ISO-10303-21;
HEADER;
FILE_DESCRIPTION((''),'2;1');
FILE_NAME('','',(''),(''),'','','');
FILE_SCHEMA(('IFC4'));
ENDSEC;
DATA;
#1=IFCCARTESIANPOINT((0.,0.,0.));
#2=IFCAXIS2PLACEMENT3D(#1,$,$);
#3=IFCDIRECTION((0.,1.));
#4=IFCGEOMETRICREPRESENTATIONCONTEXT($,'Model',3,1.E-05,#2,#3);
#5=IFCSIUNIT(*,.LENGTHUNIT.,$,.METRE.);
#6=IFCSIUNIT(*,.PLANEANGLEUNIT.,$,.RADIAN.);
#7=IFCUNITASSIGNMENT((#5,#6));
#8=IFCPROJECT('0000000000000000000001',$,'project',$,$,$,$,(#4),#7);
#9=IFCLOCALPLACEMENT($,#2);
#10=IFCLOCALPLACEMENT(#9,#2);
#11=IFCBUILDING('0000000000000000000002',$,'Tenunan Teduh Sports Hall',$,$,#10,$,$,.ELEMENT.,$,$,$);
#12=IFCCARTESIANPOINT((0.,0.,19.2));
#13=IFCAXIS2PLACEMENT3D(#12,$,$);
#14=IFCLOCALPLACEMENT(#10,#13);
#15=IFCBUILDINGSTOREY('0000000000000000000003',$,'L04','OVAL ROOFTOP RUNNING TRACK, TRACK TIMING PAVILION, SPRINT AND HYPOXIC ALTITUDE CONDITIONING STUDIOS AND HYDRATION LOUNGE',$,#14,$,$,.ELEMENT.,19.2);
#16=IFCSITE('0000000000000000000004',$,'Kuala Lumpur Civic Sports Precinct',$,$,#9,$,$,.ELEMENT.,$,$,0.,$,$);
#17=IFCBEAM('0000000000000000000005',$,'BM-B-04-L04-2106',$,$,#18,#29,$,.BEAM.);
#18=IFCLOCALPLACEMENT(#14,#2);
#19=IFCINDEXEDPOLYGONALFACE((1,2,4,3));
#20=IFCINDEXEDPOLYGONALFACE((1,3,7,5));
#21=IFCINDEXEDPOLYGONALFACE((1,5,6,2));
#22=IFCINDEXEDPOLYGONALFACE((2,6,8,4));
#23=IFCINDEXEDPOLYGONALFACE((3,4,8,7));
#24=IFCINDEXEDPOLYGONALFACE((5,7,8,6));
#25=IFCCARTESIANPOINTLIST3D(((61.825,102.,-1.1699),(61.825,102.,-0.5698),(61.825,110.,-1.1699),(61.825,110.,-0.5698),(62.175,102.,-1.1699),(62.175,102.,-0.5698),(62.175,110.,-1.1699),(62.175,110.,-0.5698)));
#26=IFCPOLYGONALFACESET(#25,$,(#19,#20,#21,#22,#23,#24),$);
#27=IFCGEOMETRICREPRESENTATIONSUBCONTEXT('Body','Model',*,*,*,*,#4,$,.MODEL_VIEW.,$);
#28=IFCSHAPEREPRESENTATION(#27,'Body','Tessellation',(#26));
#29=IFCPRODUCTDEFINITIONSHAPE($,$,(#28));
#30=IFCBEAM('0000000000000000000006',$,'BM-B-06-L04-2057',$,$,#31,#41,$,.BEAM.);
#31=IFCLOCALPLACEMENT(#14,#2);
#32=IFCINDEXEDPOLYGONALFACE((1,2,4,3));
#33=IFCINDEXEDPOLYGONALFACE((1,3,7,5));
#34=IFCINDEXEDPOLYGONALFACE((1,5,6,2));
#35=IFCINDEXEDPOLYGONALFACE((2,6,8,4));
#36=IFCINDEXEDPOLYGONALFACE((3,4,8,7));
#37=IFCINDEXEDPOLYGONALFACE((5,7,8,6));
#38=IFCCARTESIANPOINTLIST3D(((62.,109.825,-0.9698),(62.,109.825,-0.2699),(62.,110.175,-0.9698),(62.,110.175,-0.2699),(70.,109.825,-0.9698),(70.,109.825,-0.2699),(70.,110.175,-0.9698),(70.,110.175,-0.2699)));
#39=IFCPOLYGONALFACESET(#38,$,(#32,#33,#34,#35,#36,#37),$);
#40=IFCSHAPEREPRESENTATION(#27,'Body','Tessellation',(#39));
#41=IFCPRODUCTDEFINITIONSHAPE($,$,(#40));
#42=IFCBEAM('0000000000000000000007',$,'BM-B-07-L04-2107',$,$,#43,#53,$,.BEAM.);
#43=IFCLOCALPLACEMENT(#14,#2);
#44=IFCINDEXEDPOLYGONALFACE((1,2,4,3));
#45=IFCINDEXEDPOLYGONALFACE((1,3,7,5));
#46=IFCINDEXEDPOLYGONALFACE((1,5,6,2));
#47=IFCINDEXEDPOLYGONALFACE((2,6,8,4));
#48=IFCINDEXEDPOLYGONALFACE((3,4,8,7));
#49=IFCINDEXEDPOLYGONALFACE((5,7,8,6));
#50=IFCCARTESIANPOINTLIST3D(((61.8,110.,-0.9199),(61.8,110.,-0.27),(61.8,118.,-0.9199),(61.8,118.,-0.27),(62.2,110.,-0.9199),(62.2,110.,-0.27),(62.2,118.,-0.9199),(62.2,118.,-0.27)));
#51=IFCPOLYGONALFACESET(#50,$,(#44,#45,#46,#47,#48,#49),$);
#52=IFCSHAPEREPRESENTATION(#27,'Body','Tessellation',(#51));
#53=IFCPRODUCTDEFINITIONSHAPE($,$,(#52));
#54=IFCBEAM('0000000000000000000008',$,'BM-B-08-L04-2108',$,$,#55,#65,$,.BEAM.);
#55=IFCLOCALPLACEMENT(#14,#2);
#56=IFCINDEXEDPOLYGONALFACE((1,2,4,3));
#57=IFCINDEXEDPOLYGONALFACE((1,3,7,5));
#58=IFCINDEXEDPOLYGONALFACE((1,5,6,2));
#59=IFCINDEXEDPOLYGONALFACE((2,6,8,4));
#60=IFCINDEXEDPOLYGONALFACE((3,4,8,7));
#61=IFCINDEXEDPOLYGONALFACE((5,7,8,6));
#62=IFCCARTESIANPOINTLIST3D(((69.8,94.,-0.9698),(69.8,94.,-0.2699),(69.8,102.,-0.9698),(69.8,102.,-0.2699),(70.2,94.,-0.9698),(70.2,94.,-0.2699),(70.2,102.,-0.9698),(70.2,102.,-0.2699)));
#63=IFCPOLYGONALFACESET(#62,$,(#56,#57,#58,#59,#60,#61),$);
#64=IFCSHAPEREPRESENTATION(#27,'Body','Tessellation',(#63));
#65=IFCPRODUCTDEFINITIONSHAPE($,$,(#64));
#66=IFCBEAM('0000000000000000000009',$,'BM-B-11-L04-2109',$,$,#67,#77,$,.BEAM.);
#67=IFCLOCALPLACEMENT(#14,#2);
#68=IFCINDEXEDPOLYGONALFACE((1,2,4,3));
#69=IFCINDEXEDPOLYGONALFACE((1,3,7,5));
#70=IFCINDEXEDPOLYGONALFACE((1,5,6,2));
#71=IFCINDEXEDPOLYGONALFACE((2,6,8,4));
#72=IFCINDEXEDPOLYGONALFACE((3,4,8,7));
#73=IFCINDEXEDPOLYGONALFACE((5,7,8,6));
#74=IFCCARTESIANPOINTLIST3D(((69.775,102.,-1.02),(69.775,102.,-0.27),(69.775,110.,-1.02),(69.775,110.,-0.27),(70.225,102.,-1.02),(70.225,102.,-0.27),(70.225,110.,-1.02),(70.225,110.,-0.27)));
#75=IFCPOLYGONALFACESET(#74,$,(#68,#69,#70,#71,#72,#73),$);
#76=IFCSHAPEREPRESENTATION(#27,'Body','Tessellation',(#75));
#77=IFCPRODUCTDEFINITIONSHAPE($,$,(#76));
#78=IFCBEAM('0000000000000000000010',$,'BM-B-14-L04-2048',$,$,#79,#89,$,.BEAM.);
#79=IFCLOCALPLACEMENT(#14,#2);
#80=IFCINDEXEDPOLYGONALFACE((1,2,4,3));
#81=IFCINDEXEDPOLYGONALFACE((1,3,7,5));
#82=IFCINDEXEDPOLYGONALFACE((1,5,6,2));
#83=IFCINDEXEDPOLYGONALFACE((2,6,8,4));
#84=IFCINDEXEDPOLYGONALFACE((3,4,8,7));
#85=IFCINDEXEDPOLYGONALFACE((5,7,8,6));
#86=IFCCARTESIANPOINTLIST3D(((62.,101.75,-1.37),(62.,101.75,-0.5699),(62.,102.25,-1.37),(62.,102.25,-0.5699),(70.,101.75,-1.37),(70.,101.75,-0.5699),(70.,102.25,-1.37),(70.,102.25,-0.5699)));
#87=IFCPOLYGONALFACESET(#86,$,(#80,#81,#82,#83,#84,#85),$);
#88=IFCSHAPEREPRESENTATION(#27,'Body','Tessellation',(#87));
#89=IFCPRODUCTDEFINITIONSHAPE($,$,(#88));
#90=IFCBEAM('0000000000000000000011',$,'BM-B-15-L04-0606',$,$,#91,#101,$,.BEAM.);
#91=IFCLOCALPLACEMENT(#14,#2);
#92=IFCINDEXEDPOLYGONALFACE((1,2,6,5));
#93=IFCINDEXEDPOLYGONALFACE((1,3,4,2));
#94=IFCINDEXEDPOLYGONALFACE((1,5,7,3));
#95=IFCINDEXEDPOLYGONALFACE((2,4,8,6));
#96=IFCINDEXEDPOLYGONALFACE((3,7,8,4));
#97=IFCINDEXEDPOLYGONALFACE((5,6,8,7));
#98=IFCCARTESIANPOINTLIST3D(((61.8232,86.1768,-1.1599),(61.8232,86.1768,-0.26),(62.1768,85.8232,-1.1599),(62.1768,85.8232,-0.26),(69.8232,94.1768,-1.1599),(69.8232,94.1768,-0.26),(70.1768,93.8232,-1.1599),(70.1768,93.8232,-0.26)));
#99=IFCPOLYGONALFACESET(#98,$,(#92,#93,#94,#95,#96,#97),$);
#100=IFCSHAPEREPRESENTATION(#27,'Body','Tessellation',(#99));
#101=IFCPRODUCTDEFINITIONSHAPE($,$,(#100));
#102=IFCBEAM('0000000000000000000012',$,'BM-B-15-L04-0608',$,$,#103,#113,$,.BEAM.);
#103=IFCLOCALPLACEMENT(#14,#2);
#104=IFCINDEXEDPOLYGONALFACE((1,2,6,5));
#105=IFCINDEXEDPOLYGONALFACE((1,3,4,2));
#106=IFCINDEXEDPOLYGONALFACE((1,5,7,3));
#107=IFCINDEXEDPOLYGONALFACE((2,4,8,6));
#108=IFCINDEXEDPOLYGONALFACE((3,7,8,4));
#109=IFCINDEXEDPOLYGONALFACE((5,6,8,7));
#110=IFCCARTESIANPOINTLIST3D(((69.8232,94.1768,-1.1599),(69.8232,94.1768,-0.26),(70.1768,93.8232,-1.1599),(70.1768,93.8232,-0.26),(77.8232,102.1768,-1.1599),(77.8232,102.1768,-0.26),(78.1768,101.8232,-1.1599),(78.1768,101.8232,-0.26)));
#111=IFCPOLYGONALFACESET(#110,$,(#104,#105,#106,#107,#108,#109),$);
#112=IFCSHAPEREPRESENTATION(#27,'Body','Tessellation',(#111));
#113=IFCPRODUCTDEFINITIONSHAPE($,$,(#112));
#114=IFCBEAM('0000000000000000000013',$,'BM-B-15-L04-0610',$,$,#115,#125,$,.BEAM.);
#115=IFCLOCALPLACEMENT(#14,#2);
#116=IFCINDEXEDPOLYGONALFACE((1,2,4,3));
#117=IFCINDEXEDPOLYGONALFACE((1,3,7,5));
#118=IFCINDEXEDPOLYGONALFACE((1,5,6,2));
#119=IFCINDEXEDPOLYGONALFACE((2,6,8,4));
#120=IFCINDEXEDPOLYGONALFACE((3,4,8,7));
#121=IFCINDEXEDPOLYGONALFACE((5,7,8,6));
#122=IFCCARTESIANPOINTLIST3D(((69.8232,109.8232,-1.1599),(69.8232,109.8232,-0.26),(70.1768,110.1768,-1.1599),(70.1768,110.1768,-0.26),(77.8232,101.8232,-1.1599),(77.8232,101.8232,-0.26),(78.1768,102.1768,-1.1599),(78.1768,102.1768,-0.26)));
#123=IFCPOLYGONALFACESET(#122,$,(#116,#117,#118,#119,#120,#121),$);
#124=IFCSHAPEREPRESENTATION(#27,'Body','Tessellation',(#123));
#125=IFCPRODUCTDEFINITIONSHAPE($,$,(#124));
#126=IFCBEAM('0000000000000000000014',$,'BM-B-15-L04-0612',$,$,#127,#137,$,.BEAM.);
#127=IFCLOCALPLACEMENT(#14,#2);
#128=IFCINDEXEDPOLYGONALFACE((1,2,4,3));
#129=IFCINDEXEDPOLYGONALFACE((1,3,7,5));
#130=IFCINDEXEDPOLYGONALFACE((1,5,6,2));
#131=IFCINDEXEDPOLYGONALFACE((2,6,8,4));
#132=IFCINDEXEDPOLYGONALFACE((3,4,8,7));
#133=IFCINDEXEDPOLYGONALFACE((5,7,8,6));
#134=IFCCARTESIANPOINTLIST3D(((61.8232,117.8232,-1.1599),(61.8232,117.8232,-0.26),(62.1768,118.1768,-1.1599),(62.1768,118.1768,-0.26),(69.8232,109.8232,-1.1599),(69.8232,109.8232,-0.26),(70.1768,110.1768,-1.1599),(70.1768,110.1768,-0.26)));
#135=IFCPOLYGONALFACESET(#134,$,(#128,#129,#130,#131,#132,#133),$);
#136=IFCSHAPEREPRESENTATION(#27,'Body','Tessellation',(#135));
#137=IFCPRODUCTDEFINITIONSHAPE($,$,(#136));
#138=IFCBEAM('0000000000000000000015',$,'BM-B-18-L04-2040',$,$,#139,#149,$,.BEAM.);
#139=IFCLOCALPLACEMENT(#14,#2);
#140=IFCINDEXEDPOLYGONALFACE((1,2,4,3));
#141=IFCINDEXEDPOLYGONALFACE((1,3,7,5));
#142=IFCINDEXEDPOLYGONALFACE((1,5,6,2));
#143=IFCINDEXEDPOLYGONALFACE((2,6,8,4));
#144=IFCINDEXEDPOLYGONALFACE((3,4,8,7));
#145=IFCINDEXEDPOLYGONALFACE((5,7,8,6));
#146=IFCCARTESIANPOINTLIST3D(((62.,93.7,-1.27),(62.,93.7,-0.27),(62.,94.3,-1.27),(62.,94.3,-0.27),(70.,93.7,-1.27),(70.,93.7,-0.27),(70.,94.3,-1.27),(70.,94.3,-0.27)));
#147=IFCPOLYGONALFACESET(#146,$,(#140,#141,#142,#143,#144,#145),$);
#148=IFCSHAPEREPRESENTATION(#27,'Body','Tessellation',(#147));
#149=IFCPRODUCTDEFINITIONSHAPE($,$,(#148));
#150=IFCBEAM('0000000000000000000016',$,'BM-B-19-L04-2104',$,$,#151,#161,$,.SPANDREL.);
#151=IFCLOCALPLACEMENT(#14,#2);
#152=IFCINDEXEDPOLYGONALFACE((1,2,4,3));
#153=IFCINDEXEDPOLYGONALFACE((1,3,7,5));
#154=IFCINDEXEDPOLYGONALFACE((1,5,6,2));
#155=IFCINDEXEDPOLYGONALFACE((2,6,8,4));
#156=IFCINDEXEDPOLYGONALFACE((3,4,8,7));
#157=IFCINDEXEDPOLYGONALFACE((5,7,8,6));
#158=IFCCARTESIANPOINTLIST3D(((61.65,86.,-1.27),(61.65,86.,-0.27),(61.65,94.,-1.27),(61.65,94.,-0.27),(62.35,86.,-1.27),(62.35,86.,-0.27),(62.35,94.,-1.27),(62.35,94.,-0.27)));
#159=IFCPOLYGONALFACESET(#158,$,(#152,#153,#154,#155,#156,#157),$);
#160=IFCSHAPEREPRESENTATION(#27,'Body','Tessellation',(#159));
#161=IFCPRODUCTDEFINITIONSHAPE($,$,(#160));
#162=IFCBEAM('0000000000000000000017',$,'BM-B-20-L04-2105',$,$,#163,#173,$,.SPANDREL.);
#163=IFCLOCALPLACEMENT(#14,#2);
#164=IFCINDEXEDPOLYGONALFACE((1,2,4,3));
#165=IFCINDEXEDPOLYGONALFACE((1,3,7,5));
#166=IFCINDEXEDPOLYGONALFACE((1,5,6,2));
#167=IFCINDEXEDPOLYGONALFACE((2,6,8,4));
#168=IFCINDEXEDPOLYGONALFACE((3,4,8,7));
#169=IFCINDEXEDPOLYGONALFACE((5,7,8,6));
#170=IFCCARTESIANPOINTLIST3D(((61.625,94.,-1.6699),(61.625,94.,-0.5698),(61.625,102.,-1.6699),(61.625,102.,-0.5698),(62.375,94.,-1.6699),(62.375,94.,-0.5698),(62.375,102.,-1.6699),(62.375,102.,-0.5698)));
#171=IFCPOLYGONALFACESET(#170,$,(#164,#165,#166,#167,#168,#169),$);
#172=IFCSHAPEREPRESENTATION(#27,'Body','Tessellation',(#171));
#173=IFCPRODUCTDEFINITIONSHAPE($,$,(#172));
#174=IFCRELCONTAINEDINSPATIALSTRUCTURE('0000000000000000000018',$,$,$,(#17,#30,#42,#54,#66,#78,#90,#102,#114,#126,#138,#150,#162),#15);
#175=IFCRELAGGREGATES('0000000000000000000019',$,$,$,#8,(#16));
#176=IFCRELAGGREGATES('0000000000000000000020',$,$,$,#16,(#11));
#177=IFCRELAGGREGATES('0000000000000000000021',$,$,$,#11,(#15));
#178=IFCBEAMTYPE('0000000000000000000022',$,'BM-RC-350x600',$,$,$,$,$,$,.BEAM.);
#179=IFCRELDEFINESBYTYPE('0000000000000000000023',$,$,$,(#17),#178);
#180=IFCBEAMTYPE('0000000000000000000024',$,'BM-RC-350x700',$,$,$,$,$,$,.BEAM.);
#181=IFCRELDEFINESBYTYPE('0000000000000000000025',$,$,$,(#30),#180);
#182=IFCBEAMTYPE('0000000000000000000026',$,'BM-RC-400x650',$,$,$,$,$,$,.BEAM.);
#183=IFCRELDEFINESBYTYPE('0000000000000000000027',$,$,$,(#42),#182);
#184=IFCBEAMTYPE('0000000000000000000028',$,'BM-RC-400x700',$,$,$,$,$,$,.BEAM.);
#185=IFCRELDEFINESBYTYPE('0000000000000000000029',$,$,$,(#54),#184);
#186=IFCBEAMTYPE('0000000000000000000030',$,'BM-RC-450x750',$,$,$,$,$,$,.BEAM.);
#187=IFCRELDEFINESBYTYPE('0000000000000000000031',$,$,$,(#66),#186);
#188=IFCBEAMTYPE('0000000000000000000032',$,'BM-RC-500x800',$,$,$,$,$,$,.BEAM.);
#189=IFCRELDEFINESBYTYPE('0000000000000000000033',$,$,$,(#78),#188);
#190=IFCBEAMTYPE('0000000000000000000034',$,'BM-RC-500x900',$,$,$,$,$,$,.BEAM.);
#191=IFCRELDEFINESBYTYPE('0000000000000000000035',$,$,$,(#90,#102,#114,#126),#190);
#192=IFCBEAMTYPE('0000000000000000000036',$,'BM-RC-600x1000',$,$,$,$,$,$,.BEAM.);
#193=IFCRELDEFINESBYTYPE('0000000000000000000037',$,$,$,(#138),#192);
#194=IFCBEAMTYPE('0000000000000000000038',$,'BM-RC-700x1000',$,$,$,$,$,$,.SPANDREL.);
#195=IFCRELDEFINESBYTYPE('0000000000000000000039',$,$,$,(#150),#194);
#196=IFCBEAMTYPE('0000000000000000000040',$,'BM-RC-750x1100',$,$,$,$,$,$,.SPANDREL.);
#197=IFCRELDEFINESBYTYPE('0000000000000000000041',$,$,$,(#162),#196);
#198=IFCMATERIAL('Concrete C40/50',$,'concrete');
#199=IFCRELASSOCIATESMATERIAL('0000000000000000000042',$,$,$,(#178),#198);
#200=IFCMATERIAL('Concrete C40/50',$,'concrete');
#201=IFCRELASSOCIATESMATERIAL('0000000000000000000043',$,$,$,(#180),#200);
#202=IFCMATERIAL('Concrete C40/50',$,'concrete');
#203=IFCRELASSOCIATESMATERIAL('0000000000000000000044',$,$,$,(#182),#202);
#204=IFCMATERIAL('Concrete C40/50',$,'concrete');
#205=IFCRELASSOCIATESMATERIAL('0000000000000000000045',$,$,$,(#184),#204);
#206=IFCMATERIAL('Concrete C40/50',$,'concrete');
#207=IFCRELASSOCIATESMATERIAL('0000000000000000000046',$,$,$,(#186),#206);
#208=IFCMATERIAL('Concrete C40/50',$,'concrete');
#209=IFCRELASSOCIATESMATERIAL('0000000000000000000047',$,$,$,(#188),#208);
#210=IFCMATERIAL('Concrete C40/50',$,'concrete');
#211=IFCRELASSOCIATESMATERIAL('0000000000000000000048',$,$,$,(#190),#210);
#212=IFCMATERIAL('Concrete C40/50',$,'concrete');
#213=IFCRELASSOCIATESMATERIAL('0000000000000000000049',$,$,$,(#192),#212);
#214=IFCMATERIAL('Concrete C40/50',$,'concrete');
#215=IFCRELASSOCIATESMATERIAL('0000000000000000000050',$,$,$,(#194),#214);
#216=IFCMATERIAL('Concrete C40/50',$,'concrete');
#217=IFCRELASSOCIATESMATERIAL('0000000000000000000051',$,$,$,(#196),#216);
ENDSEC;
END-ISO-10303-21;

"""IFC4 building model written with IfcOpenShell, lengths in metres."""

from ifc_helpers import new_model, si_unit, direction, frame, origin, origin_2d, place, context, subcontext, project, spatial, rectangle, extrude, material, material_profile, profile_set, type_object, element, save


model = new_model("IFC4")

# Units and contexts
model_context = context("Model", 3, precision=1e-05, world=origin(), true_north=direction((0.0, 1.0)))
body_context = subcontext(model_context, "Body", "Model", "MODEL_VIEW")
ifc_project = project(units=[si_unit("LENGTHUNIT", "METRE"), si_unit("PLANEANGLEUNIT", "RADIAN")], contexts=[model_context])

# Site, building, storey
site_placement = place(None, origin())
site = spatial("IfcSite", under=ifc_project, at=site_placement, Name="Kuala Lumpur Civic Sports Precinct", CompositionType="ELEMENT", RefElevation=0.0)
building_placement = place(site_placement, origin())
building = spatial("IfcBuilding", under=site, at=building_placement, Name="Tenunan Teduh Sports Hall", CompositionType="ELEMENT")
storey_placement = place(building_placement, frame((0.0, 0.0, 19.2)))
storey = spatial("IfcBuildingStorey", under=building, at=storey_placement, Name="L04", Description="OVAL ROOFTOP RUNNING TRACK, TRACK TIMING PAVILION, SPRINT AND HYPOXIC ALTITUDE CONDITIONING STUDIOS AND HYDRATION LOUNGE", CompositionType="ELEMENT", Elevation=19.2)

# Beams
ifc_material_1 = material(Name="Concrete C40/50", Category="concrete")
ifc_material_profile_1 = material_profile(ifc_material_1, rectangle(XDim=0.3501, YDim=0.6001, at=origin_2d()), Name="RCB 350x600")
ifc_profile_set_1 = profile_set([ifc_material_profile_1], Name="Concrete C40/50")
beam_type_1 = type_object("IfcBeamType", Name="BM-RC-350x600", PredefinedType="BEAM", material=ifc_profile_set_1)
beam_1_placement = place(storey_placement, frame((62.0, 102.0, -0.8699), z_axis=(0.0, 1.0, 0.0), x_axis=(-1.0, 0.0, 0.0)))
element("IfcBeam", 1, at=beam_1_placement, inside=storey, type_object=beam_type_1, Name="BM-B-04-L04-2106", PredefinedType="BEAM", context=body_context, shape_type="SweptSolid", body=[
    extrude(rectangle(XDim=0.3501, YDim=0.6001, at=origin_2d()), origin(), (0.0, 0.0, 1.0), 8.0),
])
ifc_material_2 = material(Name="Concrete C40/50", Category="concrete")
ifc_material_profile_2 = material_profile(ifc_material_2, rectangle(XDim=0.3501, YDim=0.7, at=origin_2d()), Name="RCB 350x700")
ifc_profile_set_2 = profile_set([ifc_material_profile_2], Name="Concrete C40/50")
beam_type_2 = type_object("IfcBeamType", Name="BM-RC-350x700", PredefinedType="BEAM", material=ifc_profile_set_2)
beam_2_placement = place(storey_placement, frame((62.0, 110.0, -0.6199), z_axis=(1.0, 0.0, 0.0), x_axis=(0.0, 1.0, 0.0)))
element("IfcBeam", 2, at=beam_2_placement, inside=storey, type_object=beam_type_2, Name="BM-B-06-L04-2057", PredefinedType="BEAM", context=body_context, shape_type="SweptSolid", body=[
    extrude(rectangle(XDim=0.3501, YDim=0.7, at=origin_2d()), origin(), (0.0, 0.0, 1.0), 8.0),
])
ifc_material_3 = material(Name="Concrete C40/50", Category="concrete")
ifc_material_profile_3 = material_profile(ifc_material_3, rectangle(XDim=0.3999, YDim=0.6499, at=origin_2d()), Name="RCB 400x650")
ifc_profile_set_3 = profile_set([ifc_material_profile_3], Name="Concrete C40/50")
beam_type_3 = type_object("IfcBeamType", Name="BM-RC-400x650", PredefinedType="BEAM", material=ifc_profile_set_3)
beam_3_placement = place(storey_placement, frame((62.0, 110.0, -0.595), z_axis=(0.0, 1.0, 0.0), x_axis=(-1.0, 0.0, 0.0)))
element("IfcBeam", 3, at=beam_3_placement, inside=storey, type_object=beam_type_3, Name="BM-B-07-L04-2107", PredefinedType="BEAM", context=body_context, shape_type="SweptSolid", body=[
    extrude(rectangle(XDim=0.3999, YDim=0.6499, at=origin_2d()), origin(), (0.0, 0.0, 1.0), 8.0),
])
ifc_material_4 = material(Name="Concrete C40/50", Category="concrete")
ifc_material_profile_4 = material_profile(ifc_material_4, rectangle(XDim=0.3999, YDim=0.7, at=origin_2d()), Name="RCB 400x700")
ifc_profile_set_4 = profile_set([ifc_material_profile_4], Name="Concrete C40/50")
beam_type_4 = type_object("IfcBeamType", Name="BM-RC-400x700", PredefinedType="BEAM", material=ifc_profile_set_4)
beam_4_placement = place(storey_placement, frame((70.0, 94.0, -0.6199), z_axis=(0.0, 1.0, 0.0), x_axis=(-1.0, 0.0, 0.0)))
element("IfcBeam", 4, at=beam_4_placement, inside=storey, type_object=beam_type_4, Name="BM-B-08-L04-2108", PredefinedType="BEAM", context=body_context, shape_type="SweptSolid", body=[
    extrude(rectangle(XDim=0.3999, YDim=0.7, at=origin_2d()), origin(), (0.0, 0.0, 1.0), 8.0),
])
ifc_material_5 = material(Name="Concrete C40/50", Category="concrete")
ifc_material_profile_5 = material_profile(ifc_material_5, rectangle(XDim=0.45, YDim=0.75, at=origin_2d()), Name="RCB 450x750")
ifc_profile_set_5 = profile_set([ifc_material_profile_5], Name="Concrete C40/50")
beam_type_5 = type_object("IfcBeamType", Name="BM-RC-450x750", PredefinedType="BEAM", material=ifc_profile_set_5)
beam_5_placement = place(storey_placement, frame((70.0, 102.0, -0.645), z_axis=(0.0, 1.0, 0.0), x_axis=(-1.0, 0.0, 0.0)))
element("IfcBeam", 5, at=beam_5_placement, inside=storey, type_object=beam_type_5, Name="BM-B-11-L04-2109", PredefinedType="BEAM", context=body_context, shape_type="SweptSolid", body=[
    extrude(rectangle(XDim=0.45, YDim=0.75, at=origin_2d()), origin(), (0.0, 0.0, 1.0), 8.0),
])
ifc_material_6 = material(Name="Concrete C40/50", Category="concrete")
ifc_material_profile_6 = material_profile(ifc_material_6, rectangle(XDim=0.5, YDim=0.8, at=origin_2d()), Name="RCB 500x800")
ifc_profile_set_6 = profile_set([ifc_material_profile_6], Name="Concrete C40/50")
beam_type_6 = type_object("IfcBeamType", Name="BM-RC-500x800", PredefinedType="BEAM", material=ifc_profile_set_6)
beam_6_placement = place(storey_placement, frame((62.0, 102.0, -0.97), z_axis=(1.0, 0.0, 0.0), x_axis=(0.0, 1.0, 0.0)))
element("IfcBeam", 6, at=beam_6_placement, inside=storey, type_object=beam_type_6, Name="BM-B-14-L04-2048", PredefinedType="BEAM", context=body_context, shape_type="SweptSolid", body=[
    extrude(rectangle(XDim=0.5, YDim=0.8, at=origin_2d()), origin(), (0.0, 0.0, 1.0), 8.0),
])
ifc_material_7 = material(Name="Concrete C40/50", Category="concrete")
ifc_material_profile_7 = material_profile(ifc_material_7, rectangle(XDim=0.5, YDim=0.8999, at=origin_2d()), Name="RCB 500x900")
ifc_profile_set_7 = profile_set([ifc_material_profile_7], Name="Concrete C40/50")
beam_type_7 = type_object("IfcBeamType", Name="BM-RC-500x900", PredefinedType="BEAM", material=ifc_profile_set_7)
for number, where, z_axis, x_axis, name in (
    (7, (62.0, 86.0, -0.71), (0.707107, 0.707107, 0.0), (-0.707107, 0.707107, 0.0), "BM-B-15-L04-0606"),
    (8, (70.0, 94.0, -0.71), (0.707107, 0.707107, 0.0), (-0.707107, 0.707107, 0.0), "BM-B-15-L04-0608"),
    (9, (78.0, 102.0, -0.71), (-0.707107, 0.707107, 0.0), (-0.707107, -0.707107, 0.0), "BM-B-15-L04-0610"),
    (10, (70.0, 110.0, -0.71), (-0.707107, 0.707107, 0.0), (-0.707107, -0.707107, 0.0), "BM-B-15-L04-0612"),
):
    element("IfcBeam", number, at=place(storey_placement, frame(where, z_axis=z_axis, x_axis=x_axis)), inside=storey, type_object=beam_type_7, Name=name, PredefinedType="BEAM", context=body_context, shape_type="SweptSolid", body=[
        extrude(rectangle(XDim=0.5, YDim=0.8999, at=origin_2d()), origin(), (0.0, 0.0, 1.0), 11.3137),
    ])
ifc_material_8 = material(Name="Concrete C40/50", Category="concrete")
ifc_material_profile_8 = material_profile(ifc_material_8, rectangle(XDim=0.6001, YDim=1.0, at=origin_2d()), Name="RCB 600x1000")
ifc_profile_set_8 = profile_set([ifc_material_profile_8], Name="Concrete C40/50")
beam_type_8 = type_object("IfcBeamType", Name="BM-RC-600x1000", PredefinedType="BEAM", material=ifc_profile_set_8)
beam_7_placement = place(storey_placement, frame((62.0, 94.0, -0.77), z_axis=(1.0, 0.0, 0.0), x_axis=(0.0, 1.0, 0.0)))
element("IfcBeam", 11, at=beam_7_placement, inside=storey, type_object=beam_type_8, Name="BM-B-18-L04-2040", PredefinedType="BEAM", context=body_context, shape_type="SweptSolid", body=[
    extrude(rectangle(XDim=0.6001, YDim=1.0, at=origin_2d()), origin(), (0.0, 0.0, 1.0), 8.0),
])
ifc_material_9 = material(Name="Concrete C40/50", Category="concrete")
ifc_material_profile_9 = material_profile(ifc_material_9, rectangle(XDim=0.7, YDim=1.0, at=origin_2d()), Name="RCB 700x1000")
ifc_profile_set_9 = profile_set([ifc_material_profile_9], Name="Concrete C40/50")
beam_type_9 = type_object("IfcBeamType", Name="BM-RC-700x1000", PredefinedType="SPANDREL", material=ifc_profile_set_9)
beam_8_placement = place(storey_placement, frame((62.0, 86.0, -0.77), z_axis=(0.0, 1.0, 0.0), x_axis=(-1.0, 0.0, 0.0)))
element("IfcBeam", 12, at=beam_8_placement, inside=storey, type_object=beam_type_9, Name="BM-B-19-L04-2104", PredefinedType="SPANDREL", context=body_context, shape_type="SweptSolid", body=[
    extrude(rectangle(XDim=0.7, YDim=1.0, at=origin_2d()), origin(), (0.0, 0.0, 1.0), 8.0),
])
ifc_material_10 = material(Name="Concrete C40/50", Category="concrete")
ifc_material_profile_10 = material_profile(ifc_material_10, rectangle(XDim=0.75, YDim=1.1001, at=origin_2d()), Name="RCB 750x1100")
ifc_profile_set_10 = profile_set([ifc_material_profile_10], Name="Concrete C40/50")
beam_type_10 = type_object("IfcBeamType", Name="BM-RC-750x1100", PredefinedType="SPANDREL", material=ifc_profile_set_10)
beam_9_placement = place(storey_placement, frame((62.0, 94.0, -1.1199), z_axis=(0.0, 1.0, 0.0), x_axis=(-1.0, 0.0, 0.0)))
element("IfcBeam", 13, at=beam_9_placement, inside=storey, type_object=beam_type_10, Name="BM-B-20-L04-2105", PredefinedType="SPANDREL", context=body_context, shape_type="SweptSolid", body=[
    extrude(rectangle(XDim=0.75, YDim=1.1001, at=origin_2d()), origin(), (0.0, 0.0, 1.0), 8.0),
])

save(model, "model.ifc")
